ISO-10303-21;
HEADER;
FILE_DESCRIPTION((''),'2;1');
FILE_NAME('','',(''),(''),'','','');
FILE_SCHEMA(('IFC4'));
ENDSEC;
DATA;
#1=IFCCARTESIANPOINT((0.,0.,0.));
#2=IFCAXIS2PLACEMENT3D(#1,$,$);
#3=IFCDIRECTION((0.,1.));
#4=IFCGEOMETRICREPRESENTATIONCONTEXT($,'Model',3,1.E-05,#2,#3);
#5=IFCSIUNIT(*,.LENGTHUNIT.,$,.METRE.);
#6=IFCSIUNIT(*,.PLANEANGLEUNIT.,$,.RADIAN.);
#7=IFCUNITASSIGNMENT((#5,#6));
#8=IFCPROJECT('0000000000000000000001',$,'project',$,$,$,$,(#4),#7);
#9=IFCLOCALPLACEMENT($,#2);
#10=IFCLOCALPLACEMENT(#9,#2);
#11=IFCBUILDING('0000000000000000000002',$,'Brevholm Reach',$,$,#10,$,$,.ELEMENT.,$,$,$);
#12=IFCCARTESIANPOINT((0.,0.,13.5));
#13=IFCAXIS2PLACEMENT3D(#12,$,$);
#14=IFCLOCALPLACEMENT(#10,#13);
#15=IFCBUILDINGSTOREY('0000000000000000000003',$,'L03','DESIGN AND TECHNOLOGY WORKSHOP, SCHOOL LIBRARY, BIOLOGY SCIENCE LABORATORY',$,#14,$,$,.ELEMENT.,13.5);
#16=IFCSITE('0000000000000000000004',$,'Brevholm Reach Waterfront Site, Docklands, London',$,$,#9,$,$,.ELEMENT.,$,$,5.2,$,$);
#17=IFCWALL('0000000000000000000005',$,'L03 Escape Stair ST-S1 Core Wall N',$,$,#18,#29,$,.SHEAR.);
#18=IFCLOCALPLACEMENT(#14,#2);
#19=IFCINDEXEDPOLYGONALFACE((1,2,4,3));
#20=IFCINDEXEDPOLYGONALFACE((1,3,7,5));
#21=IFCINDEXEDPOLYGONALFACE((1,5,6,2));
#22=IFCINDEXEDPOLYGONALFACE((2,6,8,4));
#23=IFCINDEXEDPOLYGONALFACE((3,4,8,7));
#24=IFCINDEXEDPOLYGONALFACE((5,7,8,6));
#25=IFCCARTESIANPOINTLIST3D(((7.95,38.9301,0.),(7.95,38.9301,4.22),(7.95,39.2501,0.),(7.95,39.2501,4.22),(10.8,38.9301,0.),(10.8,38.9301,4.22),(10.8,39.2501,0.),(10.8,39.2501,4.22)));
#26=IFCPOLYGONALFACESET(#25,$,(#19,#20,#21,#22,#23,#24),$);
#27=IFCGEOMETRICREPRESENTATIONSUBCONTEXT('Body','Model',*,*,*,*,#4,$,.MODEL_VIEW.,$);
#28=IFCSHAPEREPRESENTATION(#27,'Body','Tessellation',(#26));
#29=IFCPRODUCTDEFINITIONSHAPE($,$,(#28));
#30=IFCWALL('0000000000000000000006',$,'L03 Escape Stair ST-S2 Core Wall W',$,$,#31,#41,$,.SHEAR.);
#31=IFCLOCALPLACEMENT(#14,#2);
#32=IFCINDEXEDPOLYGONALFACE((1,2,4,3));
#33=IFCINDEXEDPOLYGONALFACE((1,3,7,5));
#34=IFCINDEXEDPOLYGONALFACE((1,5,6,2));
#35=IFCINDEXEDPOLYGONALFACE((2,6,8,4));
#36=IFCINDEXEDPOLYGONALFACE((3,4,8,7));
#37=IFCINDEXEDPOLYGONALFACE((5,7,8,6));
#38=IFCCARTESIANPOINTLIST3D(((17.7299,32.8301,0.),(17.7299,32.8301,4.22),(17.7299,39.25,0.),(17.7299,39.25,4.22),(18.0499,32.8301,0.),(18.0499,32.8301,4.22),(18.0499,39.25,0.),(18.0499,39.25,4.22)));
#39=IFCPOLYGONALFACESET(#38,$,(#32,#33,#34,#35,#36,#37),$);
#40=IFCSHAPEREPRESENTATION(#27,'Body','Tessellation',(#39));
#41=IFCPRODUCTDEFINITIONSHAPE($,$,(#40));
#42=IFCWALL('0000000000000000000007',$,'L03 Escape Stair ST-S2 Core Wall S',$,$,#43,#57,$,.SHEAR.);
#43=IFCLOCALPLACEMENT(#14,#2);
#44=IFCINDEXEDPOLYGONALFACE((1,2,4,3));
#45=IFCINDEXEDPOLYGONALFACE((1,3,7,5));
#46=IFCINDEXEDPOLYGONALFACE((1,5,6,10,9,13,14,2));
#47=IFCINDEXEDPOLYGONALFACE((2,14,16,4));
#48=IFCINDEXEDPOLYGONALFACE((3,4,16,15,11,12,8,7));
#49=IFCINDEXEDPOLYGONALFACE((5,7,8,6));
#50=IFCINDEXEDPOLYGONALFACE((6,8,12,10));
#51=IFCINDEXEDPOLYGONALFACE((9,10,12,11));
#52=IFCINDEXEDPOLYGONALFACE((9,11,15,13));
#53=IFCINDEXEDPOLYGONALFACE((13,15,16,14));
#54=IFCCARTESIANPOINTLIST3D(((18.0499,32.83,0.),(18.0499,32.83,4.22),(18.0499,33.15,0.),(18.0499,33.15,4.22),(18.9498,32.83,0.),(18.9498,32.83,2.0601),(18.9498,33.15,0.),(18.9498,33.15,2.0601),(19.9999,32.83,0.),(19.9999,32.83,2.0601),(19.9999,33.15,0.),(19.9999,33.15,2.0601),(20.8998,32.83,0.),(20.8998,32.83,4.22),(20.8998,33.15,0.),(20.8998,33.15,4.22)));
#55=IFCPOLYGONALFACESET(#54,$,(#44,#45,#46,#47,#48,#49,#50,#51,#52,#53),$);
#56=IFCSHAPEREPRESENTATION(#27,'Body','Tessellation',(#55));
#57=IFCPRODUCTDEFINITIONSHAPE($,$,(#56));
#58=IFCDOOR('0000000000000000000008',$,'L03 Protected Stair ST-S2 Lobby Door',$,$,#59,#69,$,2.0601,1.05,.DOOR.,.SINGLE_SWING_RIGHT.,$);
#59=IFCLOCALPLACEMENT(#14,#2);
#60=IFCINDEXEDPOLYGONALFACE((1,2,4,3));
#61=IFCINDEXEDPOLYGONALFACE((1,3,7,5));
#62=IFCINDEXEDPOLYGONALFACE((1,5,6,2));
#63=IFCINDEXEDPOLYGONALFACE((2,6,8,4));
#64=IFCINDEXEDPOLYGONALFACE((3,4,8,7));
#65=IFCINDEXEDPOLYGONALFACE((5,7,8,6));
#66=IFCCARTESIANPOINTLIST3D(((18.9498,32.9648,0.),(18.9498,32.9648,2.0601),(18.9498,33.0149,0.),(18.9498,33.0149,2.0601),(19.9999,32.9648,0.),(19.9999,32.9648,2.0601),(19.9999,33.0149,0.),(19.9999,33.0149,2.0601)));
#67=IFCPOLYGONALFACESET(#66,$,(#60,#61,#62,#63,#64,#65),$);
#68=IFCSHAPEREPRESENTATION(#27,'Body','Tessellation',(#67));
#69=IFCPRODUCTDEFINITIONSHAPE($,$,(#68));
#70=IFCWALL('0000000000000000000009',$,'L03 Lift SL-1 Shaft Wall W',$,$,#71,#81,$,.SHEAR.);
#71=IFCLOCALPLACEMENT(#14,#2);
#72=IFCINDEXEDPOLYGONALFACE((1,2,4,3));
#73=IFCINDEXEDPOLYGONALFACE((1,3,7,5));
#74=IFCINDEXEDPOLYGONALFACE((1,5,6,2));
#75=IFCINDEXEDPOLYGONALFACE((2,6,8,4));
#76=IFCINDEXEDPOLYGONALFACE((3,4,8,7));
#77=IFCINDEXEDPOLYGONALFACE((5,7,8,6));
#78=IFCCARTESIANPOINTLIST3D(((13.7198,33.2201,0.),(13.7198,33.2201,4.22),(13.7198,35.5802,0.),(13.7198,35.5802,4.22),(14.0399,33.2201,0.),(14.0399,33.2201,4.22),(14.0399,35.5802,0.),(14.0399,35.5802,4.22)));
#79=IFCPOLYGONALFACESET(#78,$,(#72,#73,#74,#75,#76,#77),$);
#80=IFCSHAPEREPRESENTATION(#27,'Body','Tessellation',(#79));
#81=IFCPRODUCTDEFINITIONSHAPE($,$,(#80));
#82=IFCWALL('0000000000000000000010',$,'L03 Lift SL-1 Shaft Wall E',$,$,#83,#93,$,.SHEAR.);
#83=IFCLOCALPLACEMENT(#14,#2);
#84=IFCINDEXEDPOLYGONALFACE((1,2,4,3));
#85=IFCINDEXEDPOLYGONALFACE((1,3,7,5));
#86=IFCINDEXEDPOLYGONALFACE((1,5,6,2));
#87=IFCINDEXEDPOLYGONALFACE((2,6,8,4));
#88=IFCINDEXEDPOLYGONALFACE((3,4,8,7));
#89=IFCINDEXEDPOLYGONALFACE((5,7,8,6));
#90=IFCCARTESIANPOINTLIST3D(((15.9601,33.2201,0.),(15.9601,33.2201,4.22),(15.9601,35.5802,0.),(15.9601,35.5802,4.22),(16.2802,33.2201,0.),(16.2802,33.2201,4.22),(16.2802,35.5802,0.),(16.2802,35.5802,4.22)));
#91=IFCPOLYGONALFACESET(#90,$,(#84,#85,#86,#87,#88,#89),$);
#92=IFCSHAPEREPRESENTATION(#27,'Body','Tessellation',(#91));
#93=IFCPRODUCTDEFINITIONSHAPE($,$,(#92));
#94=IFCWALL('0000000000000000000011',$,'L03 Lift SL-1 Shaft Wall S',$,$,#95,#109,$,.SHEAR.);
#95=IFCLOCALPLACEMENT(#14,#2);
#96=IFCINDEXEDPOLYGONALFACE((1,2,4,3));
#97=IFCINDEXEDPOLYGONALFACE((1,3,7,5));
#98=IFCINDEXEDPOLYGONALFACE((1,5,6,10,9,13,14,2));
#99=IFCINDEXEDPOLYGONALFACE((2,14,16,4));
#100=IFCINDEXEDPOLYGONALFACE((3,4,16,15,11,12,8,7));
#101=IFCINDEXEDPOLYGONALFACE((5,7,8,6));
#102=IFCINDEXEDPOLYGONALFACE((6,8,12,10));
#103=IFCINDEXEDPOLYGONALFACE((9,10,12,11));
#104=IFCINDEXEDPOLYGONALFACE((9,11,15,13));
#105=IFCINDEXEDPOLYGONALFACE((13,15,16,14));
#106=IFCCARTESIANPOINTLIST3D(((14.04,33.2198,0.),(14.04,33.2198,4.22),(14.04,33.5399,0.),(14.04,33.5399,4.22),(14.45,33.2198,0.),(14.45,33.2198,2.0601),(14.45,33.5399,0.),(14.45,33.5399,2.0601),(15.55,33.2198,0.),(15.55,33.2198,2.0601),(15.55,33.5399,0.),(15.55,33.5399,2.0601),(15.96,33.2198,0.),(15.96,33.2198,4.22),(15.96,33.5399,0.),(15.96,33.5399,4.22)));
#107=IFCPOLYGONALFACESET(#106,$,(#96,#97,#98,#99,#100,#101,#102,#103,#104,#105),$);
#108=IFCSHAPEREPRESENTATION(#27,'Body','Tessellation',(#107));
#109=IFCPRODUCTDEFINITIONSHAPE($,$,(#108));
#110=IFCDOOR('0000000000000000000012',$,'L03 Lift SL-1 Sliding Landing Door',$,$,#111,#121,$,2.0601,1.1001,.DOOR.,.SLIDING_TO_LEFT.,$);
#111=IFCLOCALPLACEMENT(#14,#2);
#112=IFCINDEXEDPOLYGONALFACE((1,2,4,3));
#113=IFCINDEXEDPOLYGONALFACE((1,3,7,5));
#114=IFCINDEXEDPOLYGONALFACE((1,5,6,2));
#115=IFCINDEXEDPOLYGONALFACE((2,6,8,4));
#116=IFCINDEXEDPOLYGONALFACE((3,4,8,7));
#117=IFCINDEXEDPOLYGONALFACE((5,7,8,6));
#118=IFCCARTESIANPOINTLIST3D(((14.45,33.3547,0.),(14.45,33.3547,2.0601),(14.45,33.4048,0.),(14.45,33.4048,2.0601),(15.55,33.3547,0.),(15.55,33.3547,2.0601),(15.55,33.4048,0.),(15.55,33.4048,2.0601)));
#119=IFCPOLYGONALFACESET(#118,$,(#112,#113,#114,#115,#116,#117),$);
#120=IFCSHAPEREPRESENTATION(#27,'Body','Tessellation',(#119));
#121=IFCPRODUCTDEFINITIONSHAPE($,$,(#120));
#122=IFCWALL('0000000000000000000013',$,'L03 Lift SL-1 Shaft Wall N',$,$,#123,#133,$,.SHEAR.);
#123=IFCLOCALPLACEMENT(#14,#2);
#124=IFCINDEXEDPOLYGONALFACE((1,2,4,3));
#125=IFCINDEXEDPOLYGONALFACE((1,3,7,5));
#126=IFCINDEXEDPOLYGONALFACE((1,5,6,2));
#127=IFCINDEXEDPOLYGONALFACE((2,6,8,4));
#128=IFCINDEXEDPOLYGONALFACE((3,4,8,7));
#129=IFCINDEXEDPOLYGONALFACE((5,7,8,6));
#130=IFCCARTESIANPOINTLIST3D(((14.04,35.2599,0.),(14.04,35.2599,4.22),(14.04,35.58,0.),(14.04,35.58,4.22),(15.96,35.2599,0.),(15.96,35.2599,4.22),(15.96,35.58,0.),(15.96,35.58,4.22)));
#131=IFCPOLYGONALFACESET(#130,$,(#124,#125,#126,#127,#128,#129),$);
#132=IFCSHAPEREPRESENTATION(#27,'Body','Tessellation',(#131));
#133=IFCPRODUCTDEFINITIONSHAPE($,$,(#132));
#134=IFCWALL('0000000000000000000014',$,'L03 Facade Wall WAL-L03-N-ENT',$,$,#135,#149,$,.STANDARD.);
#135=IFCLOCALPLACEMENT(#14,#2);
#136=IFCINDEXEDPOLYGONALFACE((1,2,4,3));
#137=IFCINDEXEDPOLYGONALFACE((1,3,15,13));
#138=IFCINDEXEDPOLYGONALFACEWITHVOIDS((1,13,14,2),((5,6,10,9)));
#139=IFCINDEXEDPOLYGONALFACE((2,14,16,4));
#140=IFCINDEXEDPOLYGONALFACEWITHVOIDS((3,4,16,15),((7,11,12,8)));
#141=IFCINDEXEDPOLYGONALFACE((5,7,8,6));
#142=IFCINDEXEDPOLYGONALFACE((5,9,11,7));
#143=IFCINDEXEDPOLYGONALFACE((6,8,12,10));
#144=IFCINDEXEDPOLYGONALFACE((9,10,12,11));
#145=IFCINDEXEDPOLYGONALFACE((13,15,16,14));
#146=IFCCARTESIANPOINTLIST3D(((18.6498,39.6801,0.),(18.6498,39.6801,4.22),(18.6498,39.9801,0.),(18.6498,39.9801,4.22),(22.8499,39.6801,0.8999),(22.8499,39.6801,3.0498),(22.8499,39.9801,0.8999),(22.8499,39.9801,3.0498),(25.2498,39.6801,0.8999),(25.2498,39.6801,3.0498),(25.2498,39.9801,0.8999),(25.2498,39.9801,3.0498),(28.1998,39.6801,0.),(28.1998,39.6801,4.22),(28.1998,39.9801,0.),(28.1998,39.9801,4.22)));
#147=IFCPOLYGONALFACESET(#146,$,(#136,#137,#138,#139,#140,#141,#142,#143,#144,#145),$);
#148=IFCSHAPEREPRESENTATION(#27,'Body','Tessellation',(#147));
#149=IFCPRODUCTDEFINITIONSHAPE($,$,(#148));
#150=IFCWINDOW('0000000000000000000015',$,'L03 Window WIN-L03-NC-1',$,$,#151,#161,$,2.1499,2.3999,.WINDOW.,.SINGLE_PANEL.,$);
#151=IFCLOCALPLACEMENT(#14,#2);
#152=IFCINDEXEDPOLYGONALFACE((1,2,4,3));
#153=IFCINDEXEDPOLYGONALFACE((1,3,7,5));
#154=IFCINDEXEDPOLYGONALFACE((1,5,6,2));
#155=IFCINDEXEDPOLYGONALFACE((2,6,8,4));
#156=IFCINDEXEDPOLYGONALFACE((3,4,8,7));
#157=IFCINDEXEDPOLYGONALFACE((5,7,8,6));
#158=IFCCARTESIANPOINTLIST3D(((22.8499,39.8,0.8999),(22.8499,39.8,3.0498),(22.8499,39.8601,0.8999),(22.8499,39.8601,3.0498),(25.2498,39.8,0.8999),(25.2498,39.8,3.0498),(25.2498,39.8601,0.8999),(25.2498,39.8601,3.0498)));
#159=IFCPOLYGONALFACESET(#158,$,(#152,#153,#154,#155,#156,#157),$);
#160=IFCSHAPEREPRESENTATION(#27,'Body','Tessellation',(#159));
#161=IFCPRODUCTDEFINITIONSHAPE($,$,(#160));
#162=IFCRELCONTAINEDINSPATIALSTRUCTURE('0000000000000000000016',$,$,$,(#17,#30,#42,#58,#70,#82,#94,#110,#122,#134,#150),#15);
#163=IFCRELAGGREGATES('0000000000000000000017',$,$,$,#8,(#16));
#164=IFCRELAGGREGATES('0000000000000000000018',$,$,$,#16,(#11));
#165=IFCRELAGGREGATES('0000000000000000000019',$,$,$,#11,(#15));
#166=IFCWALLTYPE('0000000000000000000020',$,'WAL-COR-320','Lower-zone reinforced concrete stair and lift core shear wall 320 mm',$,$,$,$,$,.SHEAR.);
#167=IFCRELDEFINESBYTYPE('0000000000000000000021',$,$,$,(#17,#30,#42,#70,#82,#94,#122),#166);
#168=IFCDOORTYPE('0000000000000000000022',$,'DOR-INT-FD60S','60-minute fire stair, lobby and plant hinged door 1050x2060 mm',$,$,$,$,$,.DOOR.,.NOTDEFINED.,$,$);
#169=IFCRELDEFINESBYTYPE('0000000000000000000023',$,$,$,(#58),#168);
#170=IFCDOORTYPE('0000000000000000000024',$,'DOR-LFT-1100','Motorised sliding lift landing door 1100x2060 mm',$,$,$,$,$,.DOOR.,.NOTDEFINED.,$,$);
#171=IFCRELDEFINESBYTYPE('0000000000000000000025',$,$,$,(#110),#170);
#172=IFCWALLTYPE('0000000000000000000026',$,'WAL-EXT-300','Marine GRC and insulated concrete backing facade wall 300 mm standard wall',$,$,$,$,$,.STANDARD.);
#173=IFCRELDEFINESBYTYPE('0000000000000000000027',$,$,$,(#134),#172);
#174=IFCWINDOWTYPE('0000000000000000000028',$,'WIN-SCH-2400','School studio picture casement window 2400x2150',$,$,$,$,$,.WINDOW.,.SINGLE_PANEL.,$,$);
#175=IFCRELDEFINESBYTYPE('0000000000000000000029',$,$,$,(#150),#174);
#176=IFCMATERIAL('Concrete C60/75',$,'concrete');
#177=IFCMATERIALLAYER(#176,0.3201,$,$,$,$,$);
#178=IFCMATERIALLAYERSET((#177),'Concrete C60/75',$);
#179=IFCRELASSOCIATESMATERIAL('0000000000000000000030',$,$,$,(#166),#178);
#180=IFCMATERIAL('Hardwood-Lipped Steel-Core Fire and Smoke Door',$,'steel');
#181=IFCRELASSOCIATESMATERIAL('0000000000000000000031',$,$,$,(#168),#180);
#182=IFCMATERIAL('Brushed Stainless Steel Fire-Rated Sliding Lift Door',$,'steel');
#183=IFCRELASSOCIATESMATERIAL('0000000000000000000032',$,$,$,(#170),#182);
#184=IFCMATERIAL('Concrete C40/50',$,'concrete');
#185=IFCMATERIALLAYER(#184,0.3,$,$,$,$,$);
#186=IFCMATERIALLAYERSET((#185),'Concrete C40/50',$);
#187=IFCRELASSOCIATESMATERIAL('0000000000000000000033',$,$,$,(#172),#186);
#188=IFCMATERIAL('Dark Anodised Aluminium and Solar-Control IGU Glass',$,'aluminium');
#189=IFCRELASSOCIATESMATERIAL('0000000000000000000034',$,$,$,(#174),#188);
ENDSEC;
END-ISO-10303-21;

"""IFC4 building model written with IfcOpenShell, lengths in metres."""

from ifc_helpers import new_model, si_unit, direction, frame, frame_2d, origin, place, context, subcontext, project, spatial, rectangle, extrude, material, layer, layer_set, type_object, element, fill, save


model = new_model("IFC4")

# Units and contexts
model_context = context("Model", 3, precision=1e-05, world=origin(), true_north=direction((0.0, 1.0)))
body_context = subcontext(model_context, "Body", "Model", "MODEL_VIEW")
ifc_project = project(units=[si_unit("LENGTHUNIT", "METRE"), si_unit("PLANEANGLEUNIT", "RADIAN")], contexts=[model_context])

# Site, building, storey
site_placement = place(None, origin())
site = spatial("IfcSite", under=ifc_project, at=site_placement, Name="Brevholm Reach Waterfront Site, Docklands, London", CompositionType="ELEMENT", RefElevation=5.2)
building_placement = place(site_placement, origin())
building = spatial("IfcBuilding", under=site, at=building_placement, Name="Brevholm Reach", CompositionType="ELEMENT")
storey_placement = place(building_placement, frame((0.0, 0.0, 13.5)))
storey = spatial("IfcBuildingStorey", under=building, at=storey_placement, Name="L03", Description="DESIGN AND TECHNOLOGY WORKSHOP, SCHOOL LIBRARY, BIOLOGY SCIENCE LABORATORY", CompositionType="ELEMENT", Elevation=13.5)

# Shared definitions
ifc_material_1 = material(Name="Concrete C60/75", Category="concrete")
ifc_layer_1 = layer(ifc_material_1, 0.3201)
ifc_layer_set_1 = layer_set([ifc_layer_1], Name="Concrete C60/75")
wall_type_1 = type_object("IfcWallType", Name="WAL-COR-320", Description="Lower-zone reinforced concrete stair and lift core shear wall 320 mm", PredefinedType="SHEAR", material=ifc_layer_set_1)

# Shared definitions
ifc_material_2 = material(Name="Hardwood-Lipped Steel-Core Fire and Smoke Door", Category="steel")
door_type_1 = type_object("IfcDoorType", Name="DOR-INT-FD60S", Description="60-minute fire stair, lobby and plant hinged door 1050x2060 mm", OperationType="NOTDEFINED", PredefinedType="DOOR", material=ifc_material_2)

# Walls
wall_1_placement = place(storey_placement, frame((10.8, 39.0901, 0.0), z_axis=(0.0, 0.0, 1.0), x_axis=(-1.0, 0.0, 0.0)))
element("IfcWall", 1, at=wall_1_placement, inside=storey, type_object=wall_type_1, Name="L03 Escape Stair ST-S1 Core Wall N", PredefinedType="SHEAR", context=body_context, shape_type="SweptSolid", body=[
    extrude(rectangle(XDim=2.8501, YDim=0.3201, at=frame_2d((1.425, 0.0))), origin(), (0.0, 0.0, 1.0), 4.22),
])
wall_2_placement = place(storey_placement, frame((17.8899, 32.8301, 0.0), z_axis=(0.0, 0.0, 1.0), x_axis=(0.0, 1.0, 0.0)))
element("IfcWall", 2, at=wall_2_placement, inside=storey, type_object=wall_type_1, Name="L03 Escape Stair ST-S2 Core Wall W", PredefinedType="SHEAR", context=body_context, shape_type="SweptSolid", body=[
    extrude(rectangle(XDim=6.4199, YDim=0.3201, at=frame_2d((3.21, 0.0))), origin(), (0.0, 0.0, 1.0), 4.22),
])

# Wall, opening, door
wall_3_placement = place(storey_placement, frame((18.05, 32.99, 0.0), z_axis=(0.0, 0.0, 1.0), x_axis=(1.0, 0.0, 0.0)))
wall_3 = element("IfcWall", 3, at=wall_3_placement, inside=storey, type_object=wall_type_1, Name="L03 Escape Stair ST-S2 Core Wall S", PredefinedType="SHEAR", context=body_context, shape_type="SweptSolid", body=[
    extrude(rectangle(XDim=2.8499, YDim=0.3201, at=frame_2d((1.4248, 0.0))), origin(), (0.0, 0.0, 1.0), 4.22),
])
opening_1_placement = place(wall_3_placement, frame((0.8999, 0.0, 0.0)))
opening_1 = element("IfcOpeningElement", 4, at=opening_1_placement, cuts=wall_3, PredefinedType="OPENING", context=body_context, shape_type="SweptSolid", body=[
    extrude(rectangle(XDim=1.05, YDim=2.0601, at=frame_2d((0.5249, 1.03))), frame((0.0, 0.1699, 0.0), z_axis=(0.0, -1.0, 0.0), x_axis=(1.0, 0.0, 0.0)), (0.0, 0.0, 1.0), 0.3401),
])
door_1_placement = place(opening_1_placement, origin())
door_1 = element("IfcDoor", 5, at=door_1_placement, inside=storey, type_object=door_type_1, Name="L03 Protected Stair ST-S2 Lobby Door", OperationType="SINGLE_SWING_RIGHT", OverallHeight=2.0601, OverallWidth=1.05, PredefinedType="DOOR", context=body_context, shape_type="SweptSolid", body=[
    extrude(rectangle(XDim=1.05, YDim=2.0601, at=frame_2d((0.5249, 1.03))), frame((0.0, 0.0249, 0.0), z_axis=(0.0, -1.0, 0.0), x_axis=(1.0, 0.0, 0.0)), (0.0, 0.0, 1.0), 0.05),
])
fill(opening_1, door_1)

# Walls
for number, where, z_axis, x_axis, name in (
    (6, (13.8799, 33.22, 0.0), (0.0, 0.0, 1.0), (0.0, 1.0, 0.0), "L03 Lift SL-1 Shaft Wall W"),
    (7, (16.1201, 33.22, 0.0), (0.0, 0.0, 1.0), (0.0, 1.0, 0.0), "L03 Lift SL-1 Shaft Wall E"),
):
    element("IfcWall", number, at=place(storey_placement, frame(where, z_axis=z_axis, x_axis=x_axis)), inside=storey, type_object=wall_type_1, Name=name, PredefinedType="SHEAR", context=body_context, shape_type="SweptSolid", body=[
        extrude(rectangle(XDim=2.3601, YDim=0.3201, at=frame_2d((1.1802, 0.0))), origin(), (0.0, 0.0, 1.0), 4.22),
    ])

# Wall, opening, door
wall_4_placement = place(storey_placement, frame((14.04, 33.3799, 0.0), z_axis=(0.0, 0.0, 1.0), x_axis=(1.0, 0.0, 0.0)))
wall_4 = element("IfcWall", 8, at=wall_4_placement, inside=storey, type_object=wall_type_1, Name="L03 Lift SL-1 Shaft Wall S", PredefinedType="SHEAR", context=body_context, shape_type="SweptSolid", body=[
    extrude(rectangle(XDim=1.9199, YDim=0.3201, at=frame_2d((0.96, 0.0))), origin(), (0.0, 0.0, 1.0), 4.22),
])
opening_2_placement = place(wall_4_placement, frame((0.4099, 0.0, 0.0)))
opening_2 = element("IfcOpeningElement", 9, at=opening_2_placement, cuts=wall_4, PredefinedType="OPENING", context=body_context, shape_type="SweptSolid", body=[
    extrude(rectangle(XDim=1.1001, YDim=2.0601, at=frame_2d((0.55, 1.03))), frame((0.0, 0.1699, 0.0), z_axis=(0.0, -1.0, 0.0), x_axis=(1.0, 0.0, 0.0)), (0.0, 0.0, 1.0), 0.3401),
])
ifc_material_3 = material(Name="Brushed Stainless Steel Fire-Rated Sliding Lift Door", Category="steel")
door_type_2 = type_object("IfcDoorType", Name="DOR-LFT-1100", Description="Motorised sliding lift landing door 1100x2060 mm", OperationType="NOTDEFINED", PredefinedType="DOOR", material=ifc_material_3)
door_2_placement = place(opening_2_placement, origin())
door_2 = element("IfcDoor", 10, at=door_2_placement, inside=storey, type_object=door_type_2, Name="L03 Lift SL-1 Sliding Landing Door", OperationType="SLIDING_TO_LEFT", OverallHeight=2.0601, OverallWidth=1.1001, PredefinedType="DOOR", context=body_context, shape_type="SweptSolid", body=[
    extrude(rectangle(XDim=1.1001, YDim=2.0601, at=frame_2d((0.55, 1.03))), frame((0.0, 0.0249, 0.0), z_axis=(0.0, -1.0, 0.0), x_axis=(1.0, 0.0, 0.0)), (0.0, 0.0, 1.0), 0.05),
])
fill(opening_2, door_2)

# Wall
wall_5_placement = place(storey_placement, frame((14.04, 35.4199, 0.0), z_axis=(0.0, 0.0, 1.0), x_axis=(1.0, 0.0, 0.0)))
element("IfcWall", 11, at=wall_5_placement, inside=storey, type_object=wall_type_1, Name="L03 Lift SL-1 Shaft Wall N", PredefinedType="SHEAR", context=body_context, shape_type="SweptSolid", body=[
    extrude(rectangle(XDim=1.9199, YDim=0.3201, at=frame_2d((0.96, 0.0))), origin(), (0.0, 0.0, 1.0), 4.22),
])

# Wall, opening, window
ifc_material_4 = material(Name="Concrete C40/50", Category="concrete")
ifc_layer_2 = layer(ifc_material_4, 0.3)
ifc_layer_set_2 = layer_set([ifc_layer_2], Name="Concrete C40/50")
wall_type_2 = type_object("IfcWallType", Name="WAL-EXT-300", Description="Marine GRC and insulated concrete backing facade wall 300 mm standard wall", PredefinedType="STANDARD", material=ifc_layer_set_2)
wall_6_placement = place(storey_placement, frame((18.6499, 39.8301, 0.0), z_axis=(0.0, 0.0, 1.0), x_axis=(1.0, 0.0, 0.0)))
wall_6 = element("IfcWall", 12, at=wall_6_placement, inside=storey, type_object=wall_type_2, Name="L03 Facade Wall WAL-L03-N-ENT", PredefinedType="STANDARD", context=body_context, shape_type="SweptSolid", body=[
    extrude(rectangle(XDim=9.55, YDim=0.3, at=frame_2d((4.7749, 0.0))), origin(), (0.0, 0.0, 1.0), 4.22),
])
opening_3_placement = place(wall_6_placement, frame((4.2, 0.0, 0.8999)))
opening_3 = element("IfcOpeningElement", 13, at=opening_3_placement, cuts=wall_6, PredefinedType="OPENING", context=body_context, shape_type="SweptSolid", body=[
    extrude(rectangle(XDim=2.3999, YDim=2.1499, at=frame_2d((1.2, 1.075))), frame((0.0, 0.1599, 0.0), z_axis=(0.0, -1.0, 0.0), x_axis=(1.0, 0.0, 0.0)), (0.0, 0.0, 1.0), 0.3201),
])
ifc_material_5 = material(Name="Dark Anodised Aluminium and Solar-Control IGU Glass", Category="aluminium")
window_type = type_object("IfcWindowType", Name="WIN-SCH-2400", Description="School studio picture casement window 2400x2150", PartitioningType="SINGLE_PANEL", PredefinedType="WINDOW", material=ifc_material_5)
window_placement = place(opening_3_placement, origin())
window = element("IfcWindow", 14, at=window_placement, inside=storey, type_object=window_type, Name="L03 Window WIN-L03-NC-1", OverallHeight=2.1499, OverallWidth=2.3999, PartitioningType="SINGLE_PANEL", PredefinedType="WINDOW", context=body_context, shape_type="SweptSolid", body=[
    extrude(rectangle(XDim=2.3999, YDim=2.1499, at=frame_2d((1.2, 1.075))), frame((0.0, 0.03, 0.0), z_axis=(0.0, -1.0, 0.0), x_axis=(1.0, 0.0, 0.0)), (0.0, 0.0, 1.0), 0.0601),
])
fill(opening_3, window)

save(model, "model.ifc")
